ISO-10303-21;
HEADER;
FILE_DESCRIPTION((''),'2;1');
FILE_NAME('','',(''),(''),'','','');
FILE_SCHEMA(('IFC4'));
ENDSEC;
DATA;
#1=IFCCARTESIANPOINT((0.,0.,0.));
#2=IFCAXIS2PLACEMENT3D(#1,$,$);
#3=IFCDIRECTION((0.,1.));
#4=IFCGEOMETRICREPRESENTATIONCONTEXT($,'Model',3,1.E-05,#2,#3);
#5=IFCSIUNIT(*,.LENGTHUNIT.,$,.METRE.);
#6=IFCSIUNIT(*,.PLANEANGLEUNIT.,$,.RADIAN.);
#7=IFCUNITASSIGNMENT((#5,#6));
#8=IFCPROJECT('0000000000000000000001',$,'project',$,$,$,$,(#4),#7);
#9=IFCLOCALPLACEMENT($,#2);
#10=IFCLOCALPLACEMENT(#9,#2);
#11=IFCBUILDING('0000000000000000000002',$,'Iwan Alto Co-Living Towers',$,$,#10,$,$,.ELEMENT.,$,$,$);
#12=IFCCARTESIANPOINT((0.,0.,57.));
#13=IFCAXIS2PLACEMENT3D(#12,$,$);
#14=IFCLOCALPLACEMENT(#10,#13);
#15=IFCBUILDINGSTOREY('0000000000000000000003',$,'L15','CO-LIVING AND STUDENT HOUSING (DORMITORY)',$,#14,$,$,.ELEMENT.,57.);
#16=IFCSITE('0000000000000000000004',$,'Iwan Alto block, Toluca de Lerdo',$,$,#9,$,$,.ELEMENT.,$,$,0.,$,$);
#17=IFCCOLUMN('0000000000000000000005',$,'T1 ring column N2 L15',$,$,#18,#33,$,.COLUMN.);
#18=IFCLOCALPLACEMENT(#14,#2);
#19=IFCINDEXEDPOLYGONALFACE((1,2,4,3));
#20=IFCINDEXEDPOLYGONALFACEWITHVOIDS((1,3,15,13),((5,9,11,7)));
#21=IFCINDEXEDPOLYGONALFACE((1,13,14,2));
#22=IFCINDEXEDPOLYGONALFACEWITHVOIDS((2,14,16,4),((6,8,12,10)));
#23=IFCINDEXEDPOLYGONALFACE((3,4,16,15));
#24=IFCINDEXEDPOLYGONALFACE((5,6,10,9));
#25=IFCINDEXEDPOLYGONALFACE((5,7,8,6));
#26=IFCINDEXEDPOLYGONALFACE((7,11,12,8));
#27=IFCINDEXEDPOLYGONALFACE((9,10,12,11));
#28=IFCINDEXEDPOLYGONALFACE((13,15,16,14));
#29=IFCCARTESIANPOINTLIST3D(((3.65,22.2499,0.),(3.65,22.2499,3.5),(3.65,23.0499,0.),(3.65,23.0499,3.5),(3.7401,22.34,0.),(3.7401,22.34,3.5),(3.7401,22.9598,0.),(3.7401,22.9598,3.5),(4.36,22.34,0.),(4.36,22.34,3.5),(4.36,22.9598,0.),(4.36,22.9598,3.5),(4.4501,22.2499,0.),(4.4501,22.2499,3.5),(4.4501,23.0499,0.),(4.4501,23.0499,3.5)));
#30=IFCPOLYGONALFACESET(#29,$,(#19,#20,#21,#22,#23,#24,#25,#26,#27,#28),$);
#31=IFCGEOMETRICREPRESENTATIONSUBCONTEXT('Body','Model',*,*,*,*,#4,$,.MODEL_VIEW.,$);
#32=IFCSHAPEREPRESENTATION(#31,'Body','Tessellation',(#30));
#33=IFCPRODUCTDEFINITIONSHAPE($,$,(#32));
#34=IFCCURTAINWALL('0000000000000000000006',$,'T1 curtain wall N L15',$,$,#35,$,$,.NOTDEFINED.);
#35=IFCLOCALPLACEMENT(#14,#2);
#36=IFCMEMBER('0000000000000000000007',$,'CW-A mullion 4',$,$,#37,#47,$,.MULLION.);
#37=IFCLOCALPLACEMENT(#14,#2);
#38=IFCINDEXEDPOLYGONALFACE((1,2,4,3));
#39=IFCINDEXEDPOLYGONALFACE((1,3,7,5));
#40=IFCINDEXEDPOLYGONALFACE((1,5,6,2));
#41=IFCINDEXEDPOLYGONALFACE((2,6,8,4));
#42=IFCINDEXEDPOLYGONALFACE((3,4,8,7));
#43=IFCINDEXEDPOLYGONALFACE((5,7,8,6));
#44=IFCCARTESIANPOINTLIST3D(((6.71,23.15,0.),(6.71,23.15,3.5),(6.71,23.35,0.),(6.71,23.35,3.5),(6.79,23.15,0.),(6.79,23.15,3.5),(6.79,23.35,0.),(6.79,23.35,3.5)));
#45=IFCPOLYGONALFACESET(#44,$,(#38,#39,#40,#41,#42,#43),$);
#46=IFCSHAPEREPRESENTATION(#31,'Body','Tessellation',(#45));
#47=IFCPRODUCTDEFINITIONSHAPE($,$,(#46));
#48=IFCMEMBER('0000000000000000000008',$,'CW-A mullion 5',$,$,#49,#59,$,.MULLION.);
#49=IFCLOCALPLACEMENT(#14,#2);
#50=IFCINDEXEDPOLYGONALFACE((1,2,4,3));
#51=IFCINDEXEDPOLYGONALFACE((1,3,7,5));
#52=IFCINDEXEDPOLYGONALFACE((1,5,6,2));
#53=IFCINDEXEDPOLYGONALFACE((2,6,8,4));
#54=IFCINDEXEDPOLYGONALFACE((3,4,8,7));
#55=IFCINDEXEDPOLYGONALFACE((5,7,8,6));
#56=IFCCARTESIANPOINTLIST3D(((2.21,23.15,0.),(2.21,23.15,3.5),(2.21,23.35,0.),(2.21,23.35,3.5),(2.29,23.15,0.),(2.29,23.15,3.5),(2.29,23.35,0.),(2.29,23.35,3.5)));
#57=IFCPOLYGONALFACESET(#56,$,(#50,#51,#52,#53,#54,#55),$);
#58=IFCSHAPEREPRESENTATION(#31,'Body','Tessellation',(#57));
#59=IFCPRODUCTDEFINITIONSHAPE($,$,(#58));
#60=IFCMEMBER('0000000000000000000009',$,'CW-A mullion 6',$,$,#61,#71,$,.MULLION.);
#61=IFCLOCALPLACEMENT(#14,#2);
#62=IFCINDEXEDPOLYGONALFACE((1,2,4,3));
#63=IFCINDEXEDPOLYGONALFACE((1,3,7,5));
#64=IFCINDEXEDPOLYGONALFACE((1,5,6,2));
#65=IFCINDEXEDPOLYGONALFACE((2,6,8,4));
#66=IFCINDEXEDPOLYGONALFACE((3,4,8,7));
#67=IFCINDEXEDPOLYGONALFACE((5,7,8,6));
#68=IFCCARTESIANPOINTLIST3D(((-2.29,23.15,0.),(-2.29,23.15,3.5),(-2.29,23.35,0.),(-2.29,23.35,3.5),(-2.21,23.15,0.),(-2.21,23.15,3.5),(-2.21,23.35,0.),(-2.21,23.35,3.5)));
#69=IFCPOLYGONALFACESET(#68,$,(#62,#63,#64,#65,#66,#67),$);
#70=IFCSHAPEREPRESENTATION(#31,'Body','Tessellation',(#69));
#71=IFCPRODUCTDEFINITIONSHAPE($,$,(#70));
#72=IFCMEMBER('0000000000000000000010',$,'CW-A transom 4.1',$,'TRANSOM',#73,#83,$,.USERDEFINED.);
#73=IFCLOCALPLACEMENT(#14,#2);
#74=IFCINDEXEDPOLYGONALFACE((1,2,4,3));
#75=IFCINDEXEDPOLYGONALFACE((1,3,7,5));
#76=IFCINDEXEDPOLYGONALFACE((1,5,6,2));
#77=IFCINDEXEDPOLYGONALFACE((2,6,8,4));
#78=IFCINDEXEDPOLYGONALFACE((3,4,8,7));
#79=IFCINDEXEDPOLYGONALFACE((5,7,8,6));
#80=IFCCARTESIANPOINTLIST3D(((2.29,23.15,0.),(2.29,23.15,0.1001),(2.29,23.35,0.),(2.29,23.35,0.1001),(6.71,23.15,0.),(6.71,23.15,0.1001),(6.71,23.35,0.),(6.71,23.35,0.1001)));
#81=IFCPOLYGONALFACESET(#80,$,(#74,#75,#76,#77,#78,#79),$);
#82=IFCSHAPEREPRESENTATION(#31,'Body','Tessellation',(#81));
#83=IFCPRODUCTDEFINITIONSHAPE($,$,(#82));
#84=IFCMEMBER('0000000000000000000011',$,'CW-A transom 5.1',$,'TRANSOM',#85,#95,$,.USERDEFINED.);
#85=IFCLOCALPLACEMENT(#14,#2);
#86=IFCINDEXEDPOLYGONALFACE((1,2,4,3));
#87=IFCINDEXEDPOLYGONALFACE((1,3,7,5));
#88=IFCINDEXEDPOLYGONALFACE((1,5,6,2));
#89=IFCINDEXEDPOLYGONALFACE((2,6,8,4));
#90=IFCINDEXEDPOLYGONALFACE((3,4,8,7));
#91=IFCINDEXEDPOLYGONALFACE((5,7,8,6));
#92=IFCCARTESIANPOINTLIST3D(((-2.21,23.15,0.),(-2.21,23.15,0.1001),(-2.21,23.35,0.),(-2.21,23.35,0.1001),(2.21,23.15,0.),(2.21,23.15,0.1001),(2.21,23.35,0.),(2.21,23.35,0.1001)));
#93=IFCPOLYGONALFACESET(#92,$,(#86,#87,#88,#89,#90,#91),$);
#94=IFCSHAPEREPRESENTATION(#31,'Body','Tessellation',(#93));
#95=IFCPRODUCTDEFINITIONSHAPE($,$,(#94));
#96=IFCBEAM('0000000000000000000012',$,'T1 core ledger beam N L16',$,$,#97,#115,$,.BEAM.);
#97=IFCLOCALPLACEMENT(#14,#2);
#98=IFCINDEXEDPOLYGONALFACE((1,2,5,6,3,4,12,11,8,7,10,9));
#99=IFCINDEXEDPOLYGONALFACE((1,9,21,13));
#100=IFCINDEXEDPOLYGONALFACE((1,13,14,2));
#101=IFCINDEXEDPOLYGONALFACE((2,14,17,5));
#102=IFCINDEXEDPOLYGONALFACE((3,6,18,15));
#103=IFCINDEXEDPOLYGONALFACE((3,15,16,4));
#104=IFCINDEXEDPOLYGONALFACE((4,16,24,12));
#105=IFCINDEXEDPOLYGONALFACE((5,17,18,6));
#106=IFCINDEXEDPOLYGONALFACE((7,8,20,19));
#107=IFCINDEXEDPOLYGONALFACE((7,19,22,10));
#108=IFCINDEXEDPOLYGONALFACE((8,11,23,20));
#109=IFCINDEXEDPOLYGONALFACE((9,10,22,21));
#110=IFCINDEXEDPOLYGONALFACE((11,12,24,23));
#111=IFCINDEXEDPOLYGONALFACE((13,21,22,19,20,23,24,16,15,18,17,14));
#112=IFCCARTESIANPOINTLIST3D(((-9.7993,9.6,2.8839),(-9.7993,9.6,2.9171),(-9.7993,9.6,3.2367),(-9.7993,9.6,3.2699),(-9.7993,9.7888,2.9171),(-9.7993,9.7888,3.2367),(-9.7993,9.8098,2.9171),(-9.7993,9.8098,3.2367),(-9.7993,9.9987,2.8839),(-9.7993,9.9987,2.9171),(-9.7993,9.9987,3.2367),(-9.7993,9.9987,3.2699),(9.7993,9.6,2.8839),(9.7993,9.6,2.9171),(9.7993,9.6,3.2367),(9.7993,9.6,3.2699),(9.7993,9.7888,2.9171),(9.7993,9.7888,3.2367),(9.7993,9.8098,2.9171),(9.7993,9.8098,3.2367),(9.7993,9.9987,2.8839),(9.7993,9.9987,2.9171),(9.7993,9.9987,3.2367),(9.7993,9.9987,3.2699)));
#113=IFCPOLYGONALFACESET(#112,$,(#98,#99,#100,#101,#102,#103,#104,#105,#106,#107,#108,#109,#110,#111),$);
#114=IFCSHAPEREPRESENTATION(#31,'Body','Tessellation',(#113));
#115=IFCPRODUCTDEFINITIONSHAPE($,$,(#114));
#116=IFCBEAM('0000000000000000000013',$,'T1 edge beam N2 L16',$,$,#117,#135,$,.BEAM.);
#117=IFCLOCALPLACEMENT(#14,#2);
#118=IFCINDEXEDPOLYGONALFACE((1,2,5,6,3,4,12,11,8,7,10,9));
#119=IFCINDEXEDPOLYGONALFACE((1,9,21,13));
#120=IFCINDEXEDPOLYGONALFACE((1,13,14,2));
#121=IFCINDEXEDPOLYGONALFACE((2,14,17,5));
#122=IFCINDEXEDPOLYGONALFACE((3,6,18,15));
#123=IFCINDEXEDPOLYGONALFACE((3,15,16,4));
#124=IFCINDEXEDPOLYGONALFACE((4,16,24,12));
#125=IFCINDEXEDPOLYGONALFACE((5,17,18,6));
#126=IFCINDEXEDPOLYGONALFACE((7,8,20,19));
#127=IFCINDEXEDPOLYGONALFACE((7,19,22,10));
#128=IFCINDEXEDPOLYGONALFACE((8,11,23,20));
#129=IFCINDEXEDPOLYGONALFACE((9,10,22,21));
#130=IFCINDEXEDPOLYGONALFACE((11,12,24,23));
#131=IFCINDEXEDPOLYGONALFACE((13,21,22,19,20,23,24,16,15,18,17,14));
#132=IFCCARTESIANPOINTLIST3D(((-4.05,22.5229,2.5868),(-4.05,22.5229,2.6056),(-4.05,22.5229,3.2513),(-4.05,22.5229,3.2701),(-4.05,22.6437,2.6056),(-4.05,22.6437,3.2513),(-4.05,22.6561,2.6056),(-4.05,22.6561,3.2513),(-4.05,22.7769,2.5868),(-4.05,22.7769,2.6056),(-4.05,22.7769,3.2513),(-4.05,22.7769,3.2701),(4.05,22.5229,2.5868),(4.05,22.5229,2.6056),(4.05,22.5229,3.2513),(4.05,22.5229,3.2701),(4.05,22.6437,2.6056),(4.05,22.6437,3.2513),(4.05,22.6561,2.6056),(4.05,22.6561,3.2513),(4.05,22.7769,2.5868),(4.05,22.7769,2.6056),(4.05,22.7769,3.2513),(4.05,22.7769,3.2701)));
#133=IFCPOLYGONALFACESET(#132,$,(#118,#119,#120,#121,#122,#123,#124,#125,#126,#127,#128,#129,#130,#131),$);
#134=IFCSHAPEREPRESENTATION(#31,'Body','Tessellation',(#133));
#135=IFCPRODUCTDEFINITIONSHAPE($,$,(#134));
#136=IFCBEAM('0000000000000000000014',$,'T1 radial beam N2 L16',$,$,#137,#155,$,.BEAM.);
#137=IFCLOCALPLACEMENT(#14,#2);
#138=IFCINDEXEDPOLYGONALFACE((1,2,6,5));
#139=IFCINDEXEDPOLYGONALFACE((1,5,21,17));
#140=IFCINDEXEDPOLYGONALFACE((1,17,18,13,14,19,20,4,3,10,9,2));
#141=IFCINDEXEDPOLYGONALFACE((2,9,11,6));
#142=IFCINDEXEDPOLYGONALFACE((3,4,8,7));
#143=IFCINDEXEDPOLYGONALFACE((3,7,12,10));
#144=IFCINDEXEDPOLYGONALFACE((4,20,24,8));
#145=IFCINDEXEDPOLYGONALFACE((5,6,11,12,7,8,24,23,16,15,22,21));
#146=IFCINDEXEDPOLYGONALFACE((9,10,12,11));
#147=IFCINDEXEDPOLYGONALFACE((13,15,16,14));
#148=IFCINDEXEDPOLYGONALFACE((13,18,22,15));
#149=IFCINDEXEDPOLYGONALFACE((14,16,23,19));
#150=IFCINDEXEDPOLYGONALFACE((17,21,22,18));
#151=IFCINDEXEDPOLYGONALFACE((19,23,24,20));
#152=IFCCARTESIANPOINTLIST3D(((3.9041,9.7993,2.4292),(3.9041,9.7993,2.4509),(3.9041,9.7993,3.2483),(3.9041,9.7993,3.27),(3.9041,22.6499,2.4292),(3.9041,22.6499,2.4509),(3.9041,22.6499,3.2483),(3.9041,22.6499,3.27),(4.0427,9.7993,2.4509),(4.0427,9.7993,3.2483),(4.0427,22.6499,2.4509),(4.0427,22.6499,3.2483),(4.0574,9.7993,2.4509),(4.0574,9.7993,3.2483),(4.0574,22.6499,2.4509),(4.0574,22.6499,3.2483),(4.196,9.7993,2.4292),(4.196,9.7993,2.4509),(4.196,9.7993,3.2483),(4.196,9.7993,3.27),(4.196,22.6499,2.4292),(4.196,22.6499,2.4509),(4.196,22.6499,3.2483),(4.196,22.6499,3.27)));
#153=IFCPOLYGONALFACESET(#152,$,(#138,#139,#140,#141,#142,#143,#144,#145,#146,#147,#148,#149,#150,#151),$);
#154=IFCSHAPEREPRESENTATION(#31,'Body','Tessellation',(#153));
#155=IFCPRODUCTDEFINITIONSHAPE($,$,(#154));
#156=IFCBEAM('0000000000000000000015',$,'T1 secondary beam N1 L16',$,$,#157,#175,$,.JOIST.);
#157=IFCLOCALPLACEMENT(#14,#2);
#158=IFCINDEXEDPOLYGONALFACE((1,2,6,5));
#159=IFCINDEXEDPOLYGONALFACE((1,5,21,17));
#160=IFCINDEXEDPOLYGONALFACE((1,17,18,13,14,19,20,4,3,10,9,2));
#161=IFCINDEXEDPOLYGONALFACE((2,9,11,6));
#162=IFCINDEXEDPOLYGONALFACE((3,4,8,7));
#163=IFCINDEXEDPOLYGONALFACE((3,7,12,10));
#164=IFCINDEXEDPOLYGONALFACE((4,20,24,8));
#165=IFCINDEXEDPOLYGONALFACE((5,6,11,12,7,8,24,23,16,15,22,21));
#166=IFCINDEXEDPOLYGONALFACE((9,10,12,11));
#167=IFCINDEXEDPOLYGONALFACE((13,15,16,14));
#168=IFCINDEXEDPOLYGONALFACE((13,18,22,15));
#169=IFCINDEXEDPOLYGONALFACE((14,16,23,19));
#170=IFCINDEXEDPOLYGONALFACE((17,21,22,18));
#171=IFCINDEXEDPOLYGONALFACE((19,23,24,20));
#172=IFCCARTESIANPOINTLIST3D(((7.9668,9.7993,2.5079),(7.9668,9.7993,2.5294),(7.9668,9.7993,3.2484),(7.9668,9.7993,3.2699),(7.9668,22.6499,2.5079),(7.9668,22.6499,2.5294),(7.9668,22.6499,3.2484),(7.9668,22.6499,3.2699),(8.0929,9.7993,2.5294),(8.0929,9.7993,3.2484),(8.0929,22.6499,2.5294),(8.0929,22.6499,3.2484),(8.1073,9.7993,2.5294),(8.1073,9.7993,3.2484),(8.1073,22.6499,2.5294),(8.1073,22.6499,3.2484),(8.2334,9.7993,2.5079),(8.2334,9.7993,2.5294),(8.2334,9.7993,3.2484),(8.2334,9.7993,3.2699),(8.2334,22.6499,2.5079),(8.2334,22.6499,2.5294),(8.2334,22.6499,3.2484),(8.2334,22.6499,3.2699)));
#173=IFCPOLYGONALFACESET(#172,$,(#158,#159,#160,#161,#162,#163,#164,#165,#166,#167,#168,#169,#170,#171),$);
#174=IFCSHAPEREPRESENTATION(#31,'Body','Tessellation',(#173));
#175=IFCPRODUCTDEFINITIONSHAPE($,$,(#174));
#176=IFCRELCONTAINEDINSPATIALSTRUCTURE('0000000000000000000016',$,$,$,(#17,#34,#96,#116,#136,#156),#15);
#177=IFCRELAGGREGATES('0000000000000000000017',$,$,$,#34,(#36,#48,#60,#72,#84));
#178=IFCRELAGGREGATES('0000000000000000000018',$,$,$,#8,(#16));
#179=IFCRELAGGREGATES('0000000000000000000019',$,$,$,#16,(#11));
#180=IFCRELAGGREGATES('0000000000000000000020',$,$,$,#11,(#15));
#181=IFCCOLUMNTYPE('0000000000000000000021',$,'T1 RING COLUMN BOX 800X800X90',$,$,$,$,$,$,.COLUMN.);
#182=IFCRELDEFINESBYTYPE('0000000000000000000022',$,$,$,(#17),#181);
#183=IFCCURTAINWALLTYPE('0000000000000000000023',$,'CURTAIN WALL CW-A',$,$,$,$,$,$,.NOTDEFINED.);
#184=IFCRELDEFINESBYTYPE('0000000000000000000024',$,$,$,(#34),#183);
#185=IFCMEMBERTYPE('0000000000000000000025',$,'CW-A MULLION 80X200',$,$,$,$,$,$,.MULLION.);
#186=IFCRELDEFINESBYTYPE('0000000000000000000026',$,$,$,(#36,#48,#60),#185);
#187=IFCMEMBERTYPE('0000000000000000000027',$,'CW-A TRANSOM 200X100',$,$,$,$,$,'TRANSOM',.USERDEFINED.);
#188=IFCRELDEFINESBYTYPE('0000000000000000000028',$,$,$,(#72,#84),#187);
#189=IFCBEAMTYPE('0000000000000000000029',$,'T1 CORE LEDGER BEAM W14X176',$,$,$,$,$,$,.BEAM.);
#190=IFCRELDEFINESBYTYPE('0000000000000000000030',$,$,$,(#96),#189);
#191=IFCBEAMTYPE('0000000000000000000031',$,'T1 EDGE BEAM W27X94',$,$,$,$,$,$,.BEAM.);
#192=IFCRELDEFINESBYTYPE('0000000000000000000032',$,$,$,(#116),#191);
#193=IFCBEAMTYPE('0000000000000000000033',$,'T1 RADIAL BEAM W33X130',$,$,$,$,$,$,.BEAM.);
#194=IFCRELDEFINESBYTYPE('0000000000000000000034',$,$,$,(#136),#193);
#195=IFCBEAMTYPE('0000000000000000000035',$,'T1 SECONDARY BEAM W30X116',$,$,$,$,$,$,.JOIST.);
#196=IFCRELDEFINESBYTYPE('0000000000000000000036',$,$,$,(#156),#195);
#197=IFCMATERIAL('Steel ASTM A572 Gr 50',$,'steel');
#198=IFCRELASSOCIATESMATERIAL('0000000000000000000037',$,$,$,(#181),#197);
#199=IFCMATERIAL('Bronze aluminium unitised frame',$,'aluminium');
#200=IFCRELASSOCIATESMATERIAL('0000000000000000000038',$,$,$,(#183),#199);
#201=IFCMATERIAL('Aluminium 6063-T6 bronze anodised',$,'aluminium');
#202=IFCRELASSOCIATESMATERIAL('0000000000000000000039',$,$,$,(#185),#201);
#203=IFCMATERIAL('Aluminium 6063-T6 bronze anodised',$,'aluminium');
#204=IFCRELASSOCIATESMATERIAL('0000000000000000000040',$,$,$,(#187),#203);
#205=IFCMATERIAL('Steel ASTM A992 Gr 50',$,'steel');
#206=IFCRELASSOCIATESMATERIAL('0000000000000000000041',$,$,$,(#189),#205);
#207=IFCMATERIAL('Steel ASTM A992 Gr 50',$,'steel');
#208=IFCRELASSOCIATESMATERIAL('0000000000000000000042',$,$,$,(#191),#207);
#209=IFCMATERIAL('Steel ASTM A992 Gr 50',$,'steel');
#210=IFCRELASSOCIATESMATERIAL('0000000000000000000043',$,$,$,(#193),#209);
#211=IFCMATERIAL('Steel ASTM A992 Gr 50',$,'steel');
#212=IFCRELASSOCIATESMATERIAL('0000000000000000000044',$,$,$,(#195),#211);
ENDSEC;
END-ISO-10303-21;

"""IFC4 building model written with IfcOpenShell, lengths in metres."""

from ifc_helpers import new_model, si_unit, direction, frame, origin, origin_2d, place, context, subcontext, project, spatial, rectangle, hollow_rectangle, i_section, extrude, material, material_profile, profile_set, type_object, element, aggregate, save


model = new_model("IFC4")

# Units and contexts
model_context = context("Model", 3, precision=1e-05, world=origin(), true_north=direction((0.0, 1.0)))
body_context = subcontext(model_context, "Body", "Model", "MODEL_VIEW")
ifc_project = project(units=[si_unit("LENGTHUNIT", "METRE"), si_unit("PLANEANGLEUNIT", "RADIAN")], contexts=[model_context])

# Site, building, storey
site_placement = place(None, origin())
site = spatial("IfcSite", under=ifc_project, at=site_placement, Name="Iwan Alto block, Toluca de Lerdo", CompositionType="ELEMENT", RefElevation=0.0)
building_placement = place(site_placement, origin())
building = spatial("IfcBuilding", under=site, at=building_placement, Name="Iwan Alto Co-Living Towers", CompositionType="ELEMENT")
storey_placement = place(building_placement, frame((0.0, 0.0, 57.0)))
storey = spatial("IfcBuildingStorey", under=building, at=storey_placement, Name="L15", Description="CO-LIVING AND STUDENT HOUSING (DORMITORY)", CompositionType="ELEMENT", Elevation=57.0)

# Column
ifc_material_1 = material(Name="Steel ASTM A572 Gr 50", Category="steel")
ifc_material_profile_1 = material_profile(ifc_material_1, hollow_rectangle(XDim=0.8, YDim=0.8, WallThickness=0.0901, at=origin_2d()), Name="BOX 800X800X90")
ifc_profile_set_1 = profile_set([ifc_material_profile_1], Name="Steel ASTM A572 Gr 50")
column_type = type_object("IfcColumnType", Name="T1 RING COLUMN BOX 800X800X90", PredefinedType="COLUMN", material=ifc_profile_set_1)
column_placement = place(storey_placement, frame((4.05, 22.6499, 0.0), z_axis=(0.0, 0.0, 1.0), x_axis=(1.0, 0.0, 0.0)))
element("IfcColumn", 1, at=column_placement, inside=storey, type_object=column_type, Name="T1 ring column N2 L15", PredefinedType="COLUMN", context=body_context, shape_type="SweptSolid", body=[
    extrude(hollow_rectangle(XDim=0.8, YDim=0.8, WallThickness=0.0901, at=origin_2d()), origin(), (0.0, 0.0, 1.0), 3.5),
])

# Curtain wall, members
ifc_material_2 = material(Name="Bronze aluminium unitised frame", Category="aluminium")
curtain_wall_type = type_object("IfcCurtainWallType", Name="CURTAIN WALL CW-A", PredefinedType="NOTDEFINED", material=ifc_material_2)
curtain_wall_placement = place(storey_placement, origin())
curtain_wall = element("IfcCurtainWall", 2, at=curtain_wall_placement, inside=storey, type_object=curtain_wall_type, Name="T1 curtain wall N L15", PredefinedType="NOTDEFINED")
ifc_material_3 = material(Name="Aluminium 6063-T6 bronze anodised", Category="aluminium")
ifc_material_profile_2 = material_profile(ifc_material_3, rectangle(XDim=0.2, YDim=0.0801, at=origin_2d()), Name="AL 80X200")
ifc_profile_set_2 = profile_set([ifc_material_profile_2], Name="Aluminium 6063-T6 bronze anodised")
member_type_1 = type_object("IfcMemberType", Name="CW-A MULLION 80X200", PredefinedType="MULLION", material=ifc_profile_set_2)
member_1_placement = place(storey_placement, frame((6.75, 23.25, 0.0), z_axis=(0.0, 0.0, 1.0), x_axis=(0.0, -1.0, 0.0)))
member_1 = element("IfcMember", 3, at=member_1_placement, type_object=member_type_1, Name="CW-A mullion 4", PredefinedType="MULLION", context=body_context, shape_type="SweptSolid", body=[
    extrude(rectangle(XDim=0.2, YDim=0.0801, at=origin_2d()), origin(), (0.0, 0.0, 1.0), 3.5),
])
member_2_placement = place(storey_placement, frame((2.25, 23.25, 0.0), z_axis=(0.0, 0.0, 1.0), x_axis=(0.0, -1.0, 0.0)))
member_2 = element("IfcMember", 4, at=member_2_placement, type_object=member_type_1, Name="CW-A mullion 5", PredefinedType="MULLION", context=body_context, shape_type="SweptSolid", body=[
    extrude(rectangle(XDim=0.2, YDim=0.0801, at=origin_2d()), origin(), (0.0, 0.0, 1.0), 3.5),
])
member_3_placement = place(storey_placement, frame((-2.25, 23.25, 0.0), z_axis=(0.0, 0.0, 1.0), x_axis=(0.0, -1.0, 0.0)))
member_3 = element("IfcMember", 5, at=member_3_placement, type_object=member_type_1, Name="CW-A mullion 6", PredefinedType="MULLION", context=body_context, shape_type="SweptSolid", body=[
    extrude(rectangle(XDim=0.2, YDim=0.0801, at=origin_2d()), origin(), (0.0, 0.0, 1.0), 3.5),
])
ifc_material_4 = material(Name="Aluminium 6063-T6 bronze anodised", Category="aluminium")
ifc_material_profile_3 = material_profile(ifc_material_4, rectangle(XDim=0.2, YDim=0.1001, at=origin_2d()), Name="AL 200X100")
ifc_profile_set_3 = profile_set([ifc_material_profile_3], Name="Aluminium 6063-T6 bronze anodised")
member_type_2 = type_object("IfcMemberType", Name="CW-A TRANSOM 200X100", ElementType="TRANSOM", PredefinedType="USERDEFINED", material=ifc_profile_set_3)
member_4_placement = place(storey_placement, frame((6.71, 23.25, 0.05), z_axis=(-1.0, 0.0, 0.0), x_axis=(0.0, -1.0, 0.0)))
member_4 = element("IfcMember", 6, at=member_4_placement, type_object=member_type_2, Name="CW-A transom 4.1", ObjectType="TRANSOM", PredefinedType="USERDEFINED", context=body_context, shape_type="SweptSolid", body=[
    extrude(rectangle(XDim=0.2, YDim=0.1001, at=origin_2d()), origin(), (0.0, 0.0, 1.0), 4.4199),
])
member_5_placement = place(storey_placement, frame((2.21, 23.25, 0.05), z_axis=(-1.0, 0.0, 0.0), x_axis=(0.0, -1.0, 0.0)))
member_5 = element("IfcMember", 7, at=member_5_placement, type_object=member_type_2, Name="CW-A transom 5.1", ObjectType="TRANSOM", PredefinedType="USERDEFINED", context=body_context, shape_type="SweptSolid", body=[
    extrude(rectangle(XDim=0.2, YDim=0.1001, at=origin_2d()), origin(), (0.0, 0.0, 1.0), 4.4199),
])

# Beams
ifc_material_5 = material(Name="Steel ASTM A992 Gr 50", Category="steel")
ifc_material_profile_4 = material_profile(ifc_material_5, i_section(OverallWidth=0.3987, OverallDepth=0.386, WebThickness=0.021, FlangeThickness=0.0332, at=origin_2d()), Name="W14X176")
ifc_profile_set_4 = profile_set([ifc_material_profile_4], Name="Steel ASTM A992 Gr 50")
beam_type_1 = type_object("IfcBeamType", Name="T1 CORE LEDGER BEAM W14X176", PredefinedType="BEAM", material=ifc_profile_set_4)
beam_1_placement = place(storey_placement, frame((9.7993, 9.7993, 3.0769), z_axis=(-1.0, 0.0, 0.0), x_axis=(0.0, -1.0, 0.0)))
element("IfcBeam", 8, at=beam_1_placement, inside=storey, type_object=beam_type_1, Name="T1 core ledger beam N L16", PredefinedType="BEAM", context=body_context, shape_type="SweptSolid", body=[
    extrude(i_section(OverallWidth=0.3987, OverallDepth=0.386, WebThickness=0.021, FlangeThickness=0.0332, at=origin_2d()), origin(), (0.0, 0.0, 1.0), 19.5986),
])
ifc_material_6 = material(Name="Steel ASTM A992 Gr 50", Category="steel")
ifc_material_profile_5 = material_profile(ifc_material_6, i_section(OverallWidth=0.2539, OverallDepth=0.6833, WebThickness=0.0125, FlangeThickness=0.0188, at=origin_2d()), Name="W27X94")
ifc_profile_set_5 = profile_set([ifc_material_profile_5], Name="Steel ASTM A992 Gr 50")
beam_type_2 = type_object("IfcBeamType", Name="T1 EDGE BEAM W27X94", PredefinedType="BEAM", material=ifc_profile_set_5)
beam_2_placement = place(storey_placement, frame((4.05, 22.6499, 2.9285), z_axis=(-1.0, 0.0, 0.0), x_axis=(0.0, -1.0, 0.0)))
element("IfcBeam", 9, at=beam_2_placement, inside=storey, type_object=beam_type_2, Name="T1 edge beam N2 L16", PredefinedType="BEAM", context=body_context, shape_type="SweptSolid", body=[
    extrude(i_section(OverallWidth=0.2539, OverallDepth=0.6833, WebThickness=0.0125, FlangeThickness=0.0188, at=origin_2d()), origin(), (0.0, 0.0, 1.0), 8.1001),
])
ifc_material_7 = material(Name="Steel ASTM A992 Gr 50", Category="steel")
ifc_material_profile_6 = material_profile(ifc_material_7, i_section(OverallWidth=0.292, OverallDepth=0.8408, WebThickness=0.0146, FlangeThickness=0.0217, at=origin_2d()), Name="W33X130")
ifc_profile_set_6 = profile_set([ifc_material_profile_6], Name="Steel ASTM A992 Gr 50")
beam_type_3 = type_object("IfcBeamType", Name="T1 RADIAL BEAM W33X130", PredefinedType="BEAM", material=ifc_profile_set_6)
beam_3_placement = place(storey_placement, frame((4.05, 22.6499, 2.8496), z_axis=(0.0, -1.0, 0.0), x_axis=(1.0, 0.0, 0.0)))
element("IfcBeam", 10, at=beam_3_placement, inside=storey, type_object=beam_type_3, Name="T1 radial beam N2 L16", PredefinedType="BEAM", context=body_context, shape_type="SweptSolid", body=[
    extrude(i_section(OverallWidth=0.292, OverallDepth=0.8408, WebThickness=0.0146, FlangeThickness=0.0217, at=origin_2d()), origin(), (0.0, 0.0, 1.0), 12.8506),
])
ifc_material_8 = material(Name="Steel ASTM A992 Gr 50", Category="steel")
ifc_material_profile_7 = material_profile(ifc_material_8, i_section(OverallWidth=0.2666, OverallDepth=0.762, WebThickness=0.0144, FlangeThickness=0.0215, at=origin_2d()), Name="W30X116")
ifc_profile_set_7 = profile_set([ifc_material_profile_7], Name="Steel ASTM A992 Gr 50")
beam_type_4 = type_object("IfcBeamType", Name="T1 SECONDARY BEAM W30X116", PredefinedType="JOIST", material=ifc_profile_set_7)
for number, where, z_axis, x_axis, name in (
    (11, (8.1001, 22.6499, 2.8889), (0.0, -1.0, 0.0), (1.0, 0.0, 0.0), "T1 secondary beam N1 L16"),
):
    element("IfcBeam", number, at=place(storey_placement, frame(where, z_axis=z_axis, x_axis=x_axis)), inside=storey, type_object=beam_type_4, Name=name, PredefinedType="JOIST", context=body_context, shape_type="SweptSolid", body=[
        extrude(i_section(OverallWidth=0.2666, OverallDepth=0.762, WebThickness=0.0144, FlangeThickness=0.0215, at=origin_2d()), origin(), (0.0, 0.0, 1.0), 12.8506),
    ])

aggregate(curtain_wall, [member_1, member_2, member_3, member_4, member_5])

save(model, "model.ifc")
